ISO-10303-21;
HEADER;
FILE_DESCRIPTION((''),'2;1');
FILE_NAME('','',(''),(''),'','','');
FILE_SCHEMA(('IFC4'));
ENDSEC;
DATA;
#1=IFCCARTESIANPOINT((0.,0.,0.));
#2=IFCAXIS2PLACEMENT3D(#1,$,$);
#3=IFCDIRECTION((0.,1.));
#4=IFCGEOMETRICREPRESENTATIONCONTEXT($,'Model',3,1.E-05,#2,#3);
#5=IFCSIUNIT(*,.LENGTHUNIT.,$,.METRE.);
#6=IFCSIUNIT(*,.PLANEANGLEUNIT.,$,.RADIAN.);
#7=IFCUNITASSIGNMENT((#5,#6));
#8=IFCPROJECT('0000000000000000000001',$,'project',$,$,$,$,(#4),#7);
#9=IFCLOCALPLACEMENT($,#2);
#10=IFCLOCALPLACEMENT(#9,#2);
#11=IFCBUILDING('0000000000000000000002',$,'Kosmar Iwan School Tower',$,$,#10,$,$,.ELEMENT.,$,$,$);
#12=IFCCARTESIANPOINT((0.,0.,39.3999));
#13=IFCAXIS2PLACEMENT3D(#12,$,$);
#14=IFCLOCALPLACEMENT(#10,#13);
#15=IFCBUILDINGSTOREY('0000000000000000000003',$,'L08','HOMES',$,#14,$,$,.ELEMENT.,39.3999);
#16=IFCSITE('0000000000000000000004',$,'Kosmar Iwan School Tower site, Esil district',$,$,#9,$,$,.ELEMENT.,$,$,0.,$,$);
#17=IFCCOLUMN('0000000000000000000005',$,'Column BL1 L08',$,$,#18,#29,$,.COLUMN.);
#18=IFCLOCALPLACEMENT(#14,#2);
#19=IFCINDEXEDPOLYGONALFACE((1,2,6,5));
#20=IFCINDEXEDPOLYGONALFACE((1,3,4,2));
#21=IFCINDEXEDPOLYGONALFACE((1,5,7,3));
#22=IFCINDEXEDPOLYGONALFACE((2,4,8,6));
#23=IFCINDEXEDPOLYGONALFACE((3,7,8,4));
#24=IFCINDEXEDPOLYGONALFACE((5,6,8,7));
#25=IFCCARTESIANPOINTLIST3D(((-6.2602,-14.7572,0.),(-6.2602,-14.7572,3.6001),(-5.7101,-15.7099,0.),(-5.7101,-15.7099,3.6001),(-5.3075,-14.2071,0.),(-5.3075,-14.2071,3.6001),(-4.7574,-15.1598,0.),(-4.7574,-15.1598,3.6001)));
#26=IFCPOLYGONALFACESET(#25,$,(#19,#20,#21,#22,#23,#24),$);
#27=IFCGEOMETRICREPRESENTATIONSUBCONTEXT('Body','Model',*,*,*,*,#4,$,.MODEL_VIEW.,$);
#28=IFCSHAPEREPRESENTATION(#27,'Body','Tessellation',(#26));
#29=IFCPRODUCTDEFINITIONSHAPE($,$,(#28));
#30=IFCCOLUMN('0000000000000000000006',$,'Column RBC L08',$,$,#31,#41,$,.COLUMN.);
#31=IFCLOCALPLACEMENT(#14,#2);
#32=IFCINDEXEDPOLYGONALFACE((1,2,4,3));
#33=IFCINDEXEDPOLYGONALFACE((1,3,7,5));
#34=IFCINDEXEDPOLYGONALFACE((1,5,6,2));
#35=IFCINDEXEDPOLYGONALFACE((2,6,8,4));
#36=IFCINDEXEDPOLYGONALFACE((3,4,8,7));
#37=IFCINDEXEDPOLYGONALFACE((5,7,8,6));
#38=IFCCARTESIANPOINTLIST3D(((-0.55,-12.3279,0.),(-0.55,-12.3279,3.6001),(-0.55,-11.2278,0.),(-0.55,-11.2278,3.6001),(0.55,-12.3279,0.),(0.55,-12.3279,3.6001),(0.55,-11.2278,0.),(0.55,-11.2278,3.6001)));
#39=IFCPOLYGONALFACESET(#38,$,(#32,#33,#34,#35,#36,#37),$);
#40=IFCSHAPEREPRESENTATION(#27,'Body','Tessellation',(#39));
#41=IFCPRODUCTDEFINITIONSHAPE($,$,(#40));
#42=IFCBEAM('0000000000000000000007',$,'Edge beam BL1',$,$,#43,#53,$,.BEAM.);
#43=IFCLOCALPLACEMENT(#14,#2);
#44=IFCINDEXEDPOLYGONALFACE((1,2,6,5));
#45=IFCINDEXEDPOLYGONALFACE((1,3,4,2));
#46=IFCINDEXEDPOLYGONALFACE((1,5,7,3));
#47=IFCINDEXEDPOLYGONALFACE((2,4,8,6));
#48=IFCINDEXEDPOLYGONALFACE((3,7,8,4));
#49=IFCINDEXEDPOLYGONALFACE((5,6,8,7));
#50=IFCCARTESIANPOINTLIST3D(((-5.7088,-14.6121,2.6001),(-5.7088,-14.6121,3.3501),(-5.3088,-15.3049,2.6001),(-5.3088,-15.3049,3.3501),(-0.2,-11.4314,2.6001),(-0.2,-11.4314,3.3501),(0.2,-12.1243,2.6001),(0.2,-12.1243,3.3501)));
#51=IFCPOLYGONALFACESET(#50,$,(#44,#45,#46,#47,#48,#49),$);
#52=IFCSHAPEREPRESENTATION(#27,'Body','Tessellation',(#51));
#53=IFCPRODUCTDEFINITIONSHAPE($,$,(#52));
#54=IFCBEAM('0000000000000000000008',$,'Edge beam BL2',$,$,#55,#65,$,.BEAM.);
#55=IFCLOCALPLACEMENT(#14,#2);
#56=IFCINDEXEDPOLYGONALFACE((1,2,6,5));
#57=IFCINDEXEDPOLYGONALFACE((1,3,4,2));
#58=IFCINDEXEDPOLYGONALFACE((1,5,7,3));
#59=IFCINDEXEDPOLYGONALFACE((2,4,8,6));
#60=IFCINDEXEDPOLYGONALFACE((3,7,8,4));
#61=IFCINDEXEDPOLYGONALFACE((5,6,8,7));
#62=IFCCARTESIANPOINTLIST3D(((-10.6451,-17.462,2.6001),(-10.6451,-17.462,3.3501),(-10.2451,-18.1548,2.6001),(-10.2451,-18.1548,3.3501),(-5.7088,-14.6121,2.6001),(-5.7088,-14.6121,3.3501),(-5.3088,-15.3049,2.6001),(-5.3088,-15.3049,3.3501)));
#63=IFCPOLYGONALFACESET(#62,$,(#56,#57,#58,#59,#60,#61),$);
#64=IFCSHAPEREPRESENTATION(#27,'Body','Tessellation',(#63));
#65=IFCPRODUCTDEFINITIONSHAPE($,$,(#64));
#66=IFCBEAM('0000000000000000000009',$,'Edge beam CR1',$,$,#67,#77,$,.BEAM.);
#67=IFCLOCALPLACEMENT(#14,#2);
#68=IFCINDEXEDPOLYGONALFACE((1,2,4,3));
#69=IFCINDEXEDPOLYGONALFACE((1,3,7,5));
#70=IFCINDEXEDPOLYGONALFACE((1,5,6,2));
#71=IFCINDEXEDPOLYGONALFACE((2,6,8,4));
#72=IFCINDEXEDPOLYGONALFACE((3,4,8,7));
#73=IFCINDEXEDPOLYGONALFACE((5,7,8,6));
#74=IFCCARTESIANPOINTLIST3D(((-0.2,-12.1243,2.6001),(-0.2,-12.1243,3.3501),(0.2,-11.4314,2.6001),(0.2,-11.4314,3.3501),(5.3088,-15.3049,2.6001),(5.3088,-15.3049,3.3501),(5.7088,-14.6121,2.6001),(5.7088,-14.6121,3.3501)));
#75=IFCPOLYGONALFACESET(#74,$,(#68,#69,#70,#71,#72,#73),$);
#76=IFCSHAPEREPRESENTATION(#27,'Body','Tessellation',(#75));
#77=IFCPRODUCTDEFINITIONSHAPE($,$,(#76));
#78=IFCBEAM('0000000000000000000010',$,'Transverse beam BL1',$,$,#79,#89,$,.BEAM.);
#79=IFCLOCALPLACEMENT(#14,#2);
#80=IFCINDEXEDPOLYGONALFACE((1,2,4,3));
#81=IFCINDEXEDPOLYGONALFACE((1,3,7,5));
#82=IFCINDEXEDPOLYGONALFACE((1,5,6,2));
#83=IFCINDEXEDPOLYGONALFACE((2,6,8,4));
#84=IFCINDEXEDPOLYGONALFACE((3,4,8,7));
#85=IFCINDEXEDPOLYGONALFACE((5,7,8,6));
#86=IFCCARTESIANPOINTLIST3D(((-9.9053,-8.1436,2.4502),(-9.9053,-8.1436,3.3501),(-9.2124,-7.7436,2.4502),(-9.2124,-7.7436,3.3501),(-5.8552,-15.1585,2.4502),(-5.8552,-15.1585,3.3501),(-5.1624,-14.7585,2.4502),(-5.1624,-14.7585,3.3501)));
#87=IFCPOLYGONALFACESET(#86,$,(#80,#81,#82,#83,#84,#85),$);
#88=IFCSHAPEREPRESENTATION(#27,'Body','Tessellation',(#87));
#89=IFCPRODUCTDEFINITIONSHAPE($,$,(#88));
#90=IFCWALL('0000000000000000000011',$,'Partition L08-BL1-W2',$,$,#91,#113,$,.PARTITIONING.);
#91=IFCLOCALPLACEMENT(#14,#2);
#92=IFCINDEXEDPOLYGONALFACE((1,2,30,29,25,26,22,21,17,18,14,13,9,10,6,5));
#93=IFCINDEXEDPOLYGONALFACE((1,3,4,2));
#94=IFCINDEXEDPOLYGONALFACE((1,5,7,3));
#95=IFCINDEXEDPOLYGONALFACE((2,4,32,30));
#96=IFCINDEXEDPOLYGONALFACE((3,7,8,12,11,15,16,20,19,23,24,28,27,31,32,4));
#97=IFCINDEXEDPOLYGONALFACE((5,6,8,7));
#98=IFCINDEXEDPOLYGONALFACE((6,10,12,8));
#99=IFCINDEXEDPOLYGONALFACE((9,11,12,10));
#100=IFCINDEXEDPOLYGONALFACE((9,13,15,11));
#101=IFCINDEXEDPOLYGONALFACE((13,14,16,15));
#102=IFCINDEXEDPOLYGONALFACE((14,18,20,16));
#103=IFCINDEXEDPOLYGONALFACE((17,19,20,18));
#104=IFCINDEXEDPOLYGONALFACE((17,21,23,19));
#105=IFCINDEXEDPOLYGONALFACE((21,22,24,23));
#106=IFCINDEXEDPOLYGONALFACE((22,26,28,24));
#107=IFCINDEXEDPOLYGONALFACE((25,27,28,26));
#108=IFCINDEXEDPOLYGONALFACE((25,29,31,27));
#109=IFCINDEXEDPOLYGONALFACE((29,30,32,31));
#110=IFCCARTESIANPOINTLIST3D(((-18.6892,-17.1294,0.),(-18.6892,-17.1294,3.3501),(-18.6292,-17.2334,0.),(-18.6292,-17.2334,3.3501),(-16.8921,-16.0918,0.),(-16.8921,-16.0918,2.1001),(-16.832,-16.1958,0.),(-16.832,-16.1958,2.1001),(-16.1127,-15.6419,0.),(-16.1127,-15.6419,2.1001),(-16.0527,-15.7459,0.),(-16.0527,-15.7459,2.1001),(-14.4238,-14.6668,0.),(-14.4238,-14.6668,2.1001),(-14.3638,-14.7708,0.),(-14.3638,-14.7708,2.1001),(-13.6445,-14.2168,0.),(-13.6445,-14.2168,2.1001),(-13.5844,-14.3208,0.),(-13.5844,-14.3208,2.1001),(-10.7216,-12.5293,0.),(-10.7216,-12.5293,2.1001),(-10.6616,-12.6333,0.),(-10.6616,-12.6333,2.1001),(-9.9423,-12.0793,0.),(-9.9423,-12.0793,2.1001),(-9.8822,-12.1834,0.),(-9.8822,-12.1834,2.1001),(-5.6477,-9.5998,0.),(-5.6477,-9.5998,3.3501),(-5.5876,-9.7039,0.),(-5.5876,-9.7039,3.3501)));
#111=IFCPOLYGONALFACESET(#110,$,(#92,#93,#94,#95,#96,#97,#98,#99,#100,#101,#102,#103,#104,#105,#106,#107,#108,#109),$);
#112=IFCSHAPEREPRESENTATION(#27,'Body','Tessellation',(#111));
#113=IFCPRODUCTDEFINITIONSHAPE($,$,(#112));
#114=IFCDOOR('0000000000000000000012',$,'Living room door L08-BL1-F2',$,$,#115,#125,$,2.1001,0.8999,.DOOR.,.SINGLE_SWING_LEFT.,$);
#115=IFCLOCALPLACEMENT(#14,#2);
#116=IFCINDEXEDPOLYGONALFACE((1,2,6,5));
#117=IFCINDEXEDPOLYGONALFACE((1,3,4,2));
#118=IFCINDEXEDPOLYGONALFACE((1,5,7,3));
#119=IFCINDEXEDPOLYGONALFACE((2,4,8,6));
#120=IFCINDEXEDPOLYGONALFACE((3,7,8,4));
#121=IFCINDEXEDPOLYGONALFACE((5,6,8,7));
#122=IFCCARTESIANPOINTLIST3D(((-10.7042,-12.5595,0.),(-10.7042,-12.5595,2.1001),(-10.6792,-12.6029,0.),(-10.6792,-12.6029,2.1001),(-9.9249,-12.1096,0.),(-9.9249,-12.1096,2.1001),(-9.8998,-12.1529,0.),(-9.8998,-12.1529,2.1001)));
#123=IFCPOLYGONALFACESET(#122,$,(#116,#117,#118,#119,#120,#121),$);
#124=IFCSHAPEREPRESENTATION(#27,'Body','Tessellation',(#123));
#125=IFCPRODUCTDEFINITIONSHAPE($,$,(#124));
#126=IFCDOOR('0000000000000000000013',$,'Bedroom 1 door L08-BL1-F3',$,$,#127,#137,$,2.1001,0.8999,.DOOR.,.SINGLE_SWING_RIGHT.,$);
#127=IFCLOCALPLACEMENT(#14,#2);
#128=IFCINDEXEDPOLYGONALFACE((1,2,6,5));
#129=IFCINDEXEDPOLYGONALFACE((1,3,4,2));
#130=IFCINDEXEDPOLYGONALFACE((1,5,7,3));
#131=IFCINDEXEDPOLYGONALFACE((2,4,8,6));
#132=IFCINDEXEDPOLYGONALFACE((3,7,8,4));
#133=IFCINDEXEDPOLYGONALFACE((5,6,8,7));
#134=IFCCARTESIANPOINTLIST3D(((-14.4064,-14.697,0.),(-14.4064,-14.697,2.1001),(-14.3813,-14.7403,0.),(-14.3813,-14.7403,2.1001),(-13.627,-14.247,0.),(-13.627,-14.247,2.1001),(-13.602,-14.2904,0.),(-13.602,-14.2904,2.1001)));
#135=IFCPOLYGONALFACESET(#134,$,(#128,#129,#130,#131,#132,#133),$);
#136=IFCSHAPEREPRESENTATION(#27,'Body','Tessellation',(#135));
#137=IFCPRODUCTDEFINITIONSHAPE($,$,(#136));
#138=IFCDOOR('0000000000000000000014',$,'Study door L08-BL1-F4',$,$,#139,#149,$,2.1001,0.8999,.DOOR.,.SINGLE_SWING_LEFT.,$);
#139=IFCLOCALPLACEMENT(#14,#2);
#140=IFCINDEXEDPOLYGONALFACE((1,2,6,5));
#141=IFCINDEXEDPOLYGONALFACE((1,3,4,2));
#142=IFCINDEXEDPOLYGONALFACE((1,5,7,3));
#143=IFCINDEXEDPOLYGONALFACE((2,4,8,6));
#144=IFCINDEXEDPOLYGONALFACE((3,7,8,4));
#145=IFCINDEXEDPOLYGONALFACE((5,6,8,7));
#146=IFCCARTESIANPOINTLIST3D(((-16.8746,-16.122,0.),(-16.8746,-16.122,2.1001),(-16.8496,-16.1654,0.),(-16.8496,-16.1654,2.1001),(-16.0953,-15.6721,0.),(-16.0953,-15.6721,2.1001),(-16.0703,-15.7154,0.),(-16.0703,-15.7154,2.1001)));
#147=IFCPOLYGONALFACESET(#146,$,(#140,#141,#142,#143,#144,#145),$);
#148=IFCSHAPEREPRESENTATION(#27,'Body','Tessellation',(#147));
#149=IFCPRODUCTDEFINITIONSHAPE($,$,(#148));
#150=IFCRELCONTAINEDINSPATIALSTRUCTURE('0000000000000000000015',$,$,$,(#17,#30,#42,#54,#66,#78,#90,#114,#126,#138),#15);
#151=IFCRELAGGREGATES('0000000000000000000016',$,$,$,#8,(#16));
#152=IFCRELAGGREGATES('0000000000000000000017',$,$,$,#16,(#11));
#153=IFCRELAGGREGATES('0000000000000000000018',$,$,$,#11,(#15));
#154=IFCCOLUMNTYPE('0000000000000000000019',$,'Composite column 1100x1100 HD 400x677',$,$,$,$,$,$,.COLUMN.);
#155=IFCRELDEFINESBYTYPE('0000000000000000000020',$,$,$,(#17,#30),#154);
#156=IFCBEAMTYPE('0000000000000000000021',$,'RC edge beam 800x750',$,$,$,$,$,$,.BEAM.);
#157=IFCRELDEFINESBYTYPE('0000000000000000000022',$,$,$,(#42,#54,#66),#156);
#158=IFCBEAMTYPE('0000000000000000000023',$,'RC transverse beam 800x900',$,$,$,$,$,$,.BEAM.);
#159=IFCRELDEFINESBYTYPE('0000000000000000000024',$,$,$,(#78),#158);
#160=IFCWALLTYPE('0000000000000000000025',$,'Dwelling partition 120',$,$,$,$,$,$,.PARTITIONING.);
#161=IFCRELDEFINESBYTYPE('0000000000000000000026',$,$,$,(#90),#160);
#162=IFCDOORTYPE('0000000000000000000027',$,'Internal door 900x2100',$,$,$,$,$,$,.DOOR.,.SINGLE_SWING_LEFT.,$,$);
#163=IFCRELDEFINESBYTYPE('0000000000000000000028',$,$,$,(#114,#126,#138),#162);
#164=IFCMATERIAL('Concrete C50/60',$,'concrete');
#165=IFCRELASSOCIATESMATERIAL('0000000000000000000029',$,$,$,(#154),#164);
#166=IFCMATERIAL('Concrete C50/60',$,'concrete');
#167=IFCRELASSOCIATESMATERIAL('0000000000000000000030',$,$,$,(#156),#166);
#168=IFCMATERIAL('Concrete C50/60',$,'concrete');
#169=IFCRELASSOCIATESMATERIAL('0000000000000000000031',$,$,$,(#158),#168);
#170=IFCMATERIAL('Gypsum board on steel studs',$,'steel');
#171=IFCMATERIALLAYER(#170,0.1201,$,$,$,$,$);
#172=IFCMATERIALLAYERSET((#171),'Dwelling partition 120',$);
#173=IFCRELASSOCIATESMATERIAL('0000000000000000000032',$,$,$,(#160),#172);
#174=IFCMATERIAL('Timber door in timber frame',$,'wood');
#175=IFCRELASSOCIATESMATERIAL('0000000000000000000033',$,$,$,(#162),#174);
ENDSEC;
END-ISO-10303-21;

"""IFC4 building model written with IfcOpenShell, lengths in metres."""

from ifc_helpers import new_model, si_unit, direction, frame, frame_2d, origin, origin_2d, place, context, subcontext, project, spatial, rectangle, extrude, material, layer, layer_set, material_profile, profile_set, type_object, element, fill, save


model = new_model("IFC4")

# Units and contexts
model_context = context("Model", 3, precision=1e-05, world=origin(), true_north=direction((0.0, 1.0)))
body_context = subcontext(model_context, "Body", "Model", "MODEL_VIEW")
ifc_project = project(units=[si_unit("LENGTHUNIT", "METRE"), si_unit("PLANEANGLEUNIT", "RADIAN")], contexts=[model_context])

# Site, building, storey
site_placement = place(None, origin())
site = spatial("IfcSite", under=ifc_project, at=site_placement, Name="Kosmar Iwan School Tower site, Esil district", CompositionType="ELEMENT", RefElevation=0.0)
building_placement = place(site_placement, origin())
building = spatial("IfcBuilding", under=site, at=building_placement, Name="Kosmar Iwan School Tower", CompositionType="ELEMENT")
storey_placement = place(building_placement, frame((0.0, 0.0, 39.3999)))
storey = spatial("IfcBuildingStorey", under=building, at=storey_placement, Name="L08", Description="HOMES", CompositionType="ELEMENT", Elevation=39.3999)

# Columns
ifc_material_1 = material(Name="Concrete C50/60", Category="concrete")
ifc_material_profile_1 = material_profile(ifc_material_1, rectangle(XDim=1.1001, YDim=1.1001, at=origin_2d()), Name="RC 1100x1100 + HD 400x677")
ifc_profile_set_1 = profile_set([ifc_material_profile_1], Name="Concrete C50/60")
column_type = type_object("IfcColumnType", Name="Composite column 1100x1100 HD 400x677", PredefinedType="COLUMN", material=ifc_profile_set_1)
for number, where, z_axis, x_axis, name in (
    (1, (-5.5088, -14.9585, 0.0), (0.0, 0.0, 1.0), (-0.866025, -0.5, 0.0), "Column BL1 L08"),
    (2, (0.0, -11.7778, 0.0), (0.0, 0.0, 1.0), (1.0, 0.0, 0.0), "Column RBC L08"),
):
    element("IfcColumn", number, at=place(storey_placement, frame(where, z_axis=z_axis, x_axis=x_axis)), inside=storey, type_object=column_type, Name=name, PredefinedType="COLUMN", context=body_context, shape_type="SweptSolid", body=[
        extrude(rectangle(XDim=1.1001, YDim=1.1001, at=origin_2d()), origin(), (0.0, 0.0, 1.0), 3.6001),
    ])

# Beams
ifc_material_2 = material(Name="Concrete C50/60", Category="concrete")
ifc_material_profile_2 = material_profile(ifc_material_2, rectangle(XDim=0.8, YDim=0.75, at=origin_2d()), Name="RC 800x750")
ifc_profile_set_2 = profile_set([ifc_material_profile_2], Name="Concrete C50/60")
beam_type_1 = type_object("IfcBeamType", Name="RC edge beam 800x750", PredefinedType="BEAM", material=ifc_profile_set_2)
beam_1_placement = place(storey_placement, frame((0.0, -11.7778, 2.9751), z_axis=(-0.866014, -0.500019, 0.0), x_axis=(0.500019, -0.866014, 0.0)))
element("IfcBeam", 3, at=beam_1_placement, inside=storey, type_object=beam_type_1, Name="Edge beam BL1", PredefinedType="BEAM", context=body_context, shape_type="SweptSolid", body=[
    extrude(rectangle(XDim=0.8, YDim=0.75, at=origin_2d()), origin(), (0.0, 0.0, 1.0), 6.3611),
])
beam_2_placement = place(storey_placement, frame((-5.5088, -14.9585, 2.9751), z_axis=(-0.866034, -0.499986, 0.0), x_axis=(0.499986, -0.866034, 0.0)))
element("IfcBeam", 4, at=beam_2_placement, inside=storey, type_object=beam_type_1, Name="Edge beam BL2", PredefinedType="BEAM", context=body_context, shape_type="SweptSolid", body=[
    extrude(rectangle(XDim=0.8, YDim=0.75, at=origin_2d()), origin(), (0.0, 0.0, 1.0), 5.7),
])
beam_3_placement = place(storey_placement, frame((0.0, -11.7778, 2.9751), z_axis=(0.866014, -0.500019, 0.0), x_axis=(0.500019, 0.866014, 0.0)))
element("IfcBeam", 5, at=beam_3_placement, inside=storey, type_object=beam_type_1, Name="Edge beam CR1", PredefinedType="BEAM", context=body_context, shape_type="SweptSolid", body=[
    extrude(rectangle(XDim=0.8, YDim=0.75, at=origin_2d()), origin(), (0.0, 0.0, 1.0), 6.3611),
])
ifc_material_3 = material(Name="Concrete C50/60", Category="concrete")
ifc_material_profile_3 = material_profile(ifc_material_3, rectangle(XDim=0.8, YDim=0.8999, at=origin_2d()), Name="RC 800x900")
ifc_profile_set_3 = profile_set([ifc_material_profile_3], Name="Concrete C50/60")
beam_type_2 = type_object("IfcBeamType", Name="RC transverse beam 800x900", PredefinedType="BEAM", material=ifc_profile_set_3)
beam_4_placement = place(storey_placement, frame((-5.5088, -14.9585, 2.9001), z_axis=(-0.5, 0.866025, 0.0), x_axis=(-0.866025, -0.5, 0.0)))
element("IfcBeam", 6, at=beam_4_placement, inside=storey, type_object=beam_type_2, Name="Transverse beam BL1", PredefinedType="BEAM", context=body_context, shape_type="SweptSolid", body=[
    extrude(rectangle(XDim=0.8, YDim=0.8999, at=origin_2d()), origin(), (0.0, 0.0, 1.0), 8.1001),
])

# Wall, openings, doors
ifc_material_4 = material(Name="Gypsum board on steel studs", Category="steel")
ifc_layer_1 = layer(ifc_material_4, 0.1201)
ifc_layer_set_1 = layer_set([ifc_layer_1], Name="Dwelling partition 120")
wall_type_1 = type_object("IfcWallType", Name="Dwelling partition 120", PredefinedType="PARTITIONING", material=ifc_layer_set_1)
wall_1_placement = place(storey_placement, frame((-5.6177, -9.6519, 0.0), z_axis=(0.0, 0.0, 1.0), x_axis=(-0.866025, -0.500001, 0.0)))
wall_1 = element("IfcWall", 7, at=wall_1_placement, inside=storey, type_object=wall_type_1, Name="Partition L08-BL1-W2", PredefinedType="PARTITIONING", context=body_context, shape_type="SweptSolid", body=[
    extrude(rectangle(XDim=15.0591, YDim=0.1201, at=frame_2d((7.5295, 0.0))), origin(), (0.0, 0.0, 1.0), 3.3501),
])
opening_1_placement = place(wall_1_placement, frame((4.959, 0.0, 0.0)))
opening_1 = element("IfcOpeningElement", 8, at=opening_1_placement, cuts=wall_1, PredefinedType="OPENING", context=body_context, shape_type="SweptSolid", body=[
    extrude(rectangle(XDim=0.8999, YDim=2.1001, at=frame_2d((0.45, 1.05))), frame((0.0, 0.072, 0.0), z_axis=(0.0, -1.0, 0.0), x_axis=(1.0, 0.0, 0.0)), (0.0, 0.0, 1.0), 0.144),
])
opening_2_placement = place(wall_1_placement, frame((9.2339, 0.0, 0.0)))
opening_2 = element("IfcOpeningElement", 9, at=opening_2_placement, cuts=wall_1, PredefinedType="OPENING", context=body_context, shape_type="SweptSolid", body=[
    extrude(rectangle(XDim=0.8999, YDim=2.1001, at=frame_2d((0.45, 1.05))), frame((0.0, 0.072, 0.0), z_axis=(0.0, -1.0, 0.0), x_axis=(1.0, 0.0, 0.0)), (0.0, 0.0, 1.0), 0.144),
])
opening_3_placement = place(wall_1_placement, frame((12.084, 0.0, 0.0)))
opening_3 = element("IfcOpeningElement", 10, at=opening_3_placement, cuts=wall_1, PredefinedType="OPENING", context=body_context, shape_type="SweptSolid", body=[
    extrude(rectangle(XDim=0.8999, YDim=2.1001, at=frame_2d((0.45, 1.05))), frame((0.0, 0.072, 0.0), z_axis=(0.0, -1.0, 0.0), x_axis=(1.0, 0.0, 0.0)), (0.0, 0.0, 1.0), 0.144),
])
ifc_material_5 = material(Name="Timber door in timber frame", Category="wood")
door_type_1 = type_object("IfcDoorType", Name="Internal door 900x2100", OperationType="SINGLE_SWING_LEFT", PredefinedType="DOOR", material=ifc_material_5)
door_1_placement = place(opening_1_placement, origin())
door_1 = element("IfcDoor", 11, at=door_1_placement, inside=storey, type_object=door_type_1, Name="Living room door L08-BL1-F2", OperationType="SINGLE_SWING_LEFT", OverallHeight=2.1001, OverallWidth=0.8999, PredefinedType="DOOR", context=body_context, shape_type="SweptSolid", body=[
    extrude(rectangle(XDim=0.8999, YDim=2.1001, at=frame_2d((0.45, 1.05))), frame((0.0, 0.0249, 0.0), z_axis=(0.0, -1.0, 0.0), x_axis=(1.0, 0.0, 0.0)), (0.0, 0.0, 1.0), 0.05),
])
fill(opening_1, door_1)
door_2_placement = place(opening_2_placement, origin())
door_2 = element("IfcDoor", 12, at=door_2_placement, inside=storey, type_object=door_type_1, Name="Bedroom 1 door L08-BL1-F3", OperationType="SINGLE_SWING_RIGHT", OverallHeight=2.1001, OverallWidth=0.8999, PredefinedType="DOOR", context=body_context, shape_type="SweptSolid", body=[
    extrude(rectangle(XDim=0.8999, YDim=2.1001, at=frame_2d((0.45, 1.05))), frame((0.0, 0.0249, 0.0), z_axis=(0.0, -1.0, 0.0), x_axis=(1.0, 0.0, 0.0)), (0.0, 0.0, 1.0), 0.05),
])
fill(opening_2, door_2)
door_3_placement = place(opening_3_placement, origin())
door_3 = element("IfcDoor", 13, at=door_3_placement, inside=storey, type_object=door_type_1, Name="Study door L08-BL1-F4", OperationType="SINGLE_SWING_LEFT", OverallHeight=2.1001, OverallWidth=0.8999, PredefinedType="DOOR", context=body_context, shape_type="SweptSolid", body=[
    extrude(rectangle(XDim=0.8999, YDim=2.1001, at=frame_2d((0.45, 1.05))), frame((0.0, 0.0249, 0.0), z_axis=(0.0, -1.0, 0.0), x_axis=(1.0, 0.0, 0.0)), (0.0, 0.0, 1.0), 0.05),
])
fill(opening_3, door_3)

save(model, "model.ifc")
